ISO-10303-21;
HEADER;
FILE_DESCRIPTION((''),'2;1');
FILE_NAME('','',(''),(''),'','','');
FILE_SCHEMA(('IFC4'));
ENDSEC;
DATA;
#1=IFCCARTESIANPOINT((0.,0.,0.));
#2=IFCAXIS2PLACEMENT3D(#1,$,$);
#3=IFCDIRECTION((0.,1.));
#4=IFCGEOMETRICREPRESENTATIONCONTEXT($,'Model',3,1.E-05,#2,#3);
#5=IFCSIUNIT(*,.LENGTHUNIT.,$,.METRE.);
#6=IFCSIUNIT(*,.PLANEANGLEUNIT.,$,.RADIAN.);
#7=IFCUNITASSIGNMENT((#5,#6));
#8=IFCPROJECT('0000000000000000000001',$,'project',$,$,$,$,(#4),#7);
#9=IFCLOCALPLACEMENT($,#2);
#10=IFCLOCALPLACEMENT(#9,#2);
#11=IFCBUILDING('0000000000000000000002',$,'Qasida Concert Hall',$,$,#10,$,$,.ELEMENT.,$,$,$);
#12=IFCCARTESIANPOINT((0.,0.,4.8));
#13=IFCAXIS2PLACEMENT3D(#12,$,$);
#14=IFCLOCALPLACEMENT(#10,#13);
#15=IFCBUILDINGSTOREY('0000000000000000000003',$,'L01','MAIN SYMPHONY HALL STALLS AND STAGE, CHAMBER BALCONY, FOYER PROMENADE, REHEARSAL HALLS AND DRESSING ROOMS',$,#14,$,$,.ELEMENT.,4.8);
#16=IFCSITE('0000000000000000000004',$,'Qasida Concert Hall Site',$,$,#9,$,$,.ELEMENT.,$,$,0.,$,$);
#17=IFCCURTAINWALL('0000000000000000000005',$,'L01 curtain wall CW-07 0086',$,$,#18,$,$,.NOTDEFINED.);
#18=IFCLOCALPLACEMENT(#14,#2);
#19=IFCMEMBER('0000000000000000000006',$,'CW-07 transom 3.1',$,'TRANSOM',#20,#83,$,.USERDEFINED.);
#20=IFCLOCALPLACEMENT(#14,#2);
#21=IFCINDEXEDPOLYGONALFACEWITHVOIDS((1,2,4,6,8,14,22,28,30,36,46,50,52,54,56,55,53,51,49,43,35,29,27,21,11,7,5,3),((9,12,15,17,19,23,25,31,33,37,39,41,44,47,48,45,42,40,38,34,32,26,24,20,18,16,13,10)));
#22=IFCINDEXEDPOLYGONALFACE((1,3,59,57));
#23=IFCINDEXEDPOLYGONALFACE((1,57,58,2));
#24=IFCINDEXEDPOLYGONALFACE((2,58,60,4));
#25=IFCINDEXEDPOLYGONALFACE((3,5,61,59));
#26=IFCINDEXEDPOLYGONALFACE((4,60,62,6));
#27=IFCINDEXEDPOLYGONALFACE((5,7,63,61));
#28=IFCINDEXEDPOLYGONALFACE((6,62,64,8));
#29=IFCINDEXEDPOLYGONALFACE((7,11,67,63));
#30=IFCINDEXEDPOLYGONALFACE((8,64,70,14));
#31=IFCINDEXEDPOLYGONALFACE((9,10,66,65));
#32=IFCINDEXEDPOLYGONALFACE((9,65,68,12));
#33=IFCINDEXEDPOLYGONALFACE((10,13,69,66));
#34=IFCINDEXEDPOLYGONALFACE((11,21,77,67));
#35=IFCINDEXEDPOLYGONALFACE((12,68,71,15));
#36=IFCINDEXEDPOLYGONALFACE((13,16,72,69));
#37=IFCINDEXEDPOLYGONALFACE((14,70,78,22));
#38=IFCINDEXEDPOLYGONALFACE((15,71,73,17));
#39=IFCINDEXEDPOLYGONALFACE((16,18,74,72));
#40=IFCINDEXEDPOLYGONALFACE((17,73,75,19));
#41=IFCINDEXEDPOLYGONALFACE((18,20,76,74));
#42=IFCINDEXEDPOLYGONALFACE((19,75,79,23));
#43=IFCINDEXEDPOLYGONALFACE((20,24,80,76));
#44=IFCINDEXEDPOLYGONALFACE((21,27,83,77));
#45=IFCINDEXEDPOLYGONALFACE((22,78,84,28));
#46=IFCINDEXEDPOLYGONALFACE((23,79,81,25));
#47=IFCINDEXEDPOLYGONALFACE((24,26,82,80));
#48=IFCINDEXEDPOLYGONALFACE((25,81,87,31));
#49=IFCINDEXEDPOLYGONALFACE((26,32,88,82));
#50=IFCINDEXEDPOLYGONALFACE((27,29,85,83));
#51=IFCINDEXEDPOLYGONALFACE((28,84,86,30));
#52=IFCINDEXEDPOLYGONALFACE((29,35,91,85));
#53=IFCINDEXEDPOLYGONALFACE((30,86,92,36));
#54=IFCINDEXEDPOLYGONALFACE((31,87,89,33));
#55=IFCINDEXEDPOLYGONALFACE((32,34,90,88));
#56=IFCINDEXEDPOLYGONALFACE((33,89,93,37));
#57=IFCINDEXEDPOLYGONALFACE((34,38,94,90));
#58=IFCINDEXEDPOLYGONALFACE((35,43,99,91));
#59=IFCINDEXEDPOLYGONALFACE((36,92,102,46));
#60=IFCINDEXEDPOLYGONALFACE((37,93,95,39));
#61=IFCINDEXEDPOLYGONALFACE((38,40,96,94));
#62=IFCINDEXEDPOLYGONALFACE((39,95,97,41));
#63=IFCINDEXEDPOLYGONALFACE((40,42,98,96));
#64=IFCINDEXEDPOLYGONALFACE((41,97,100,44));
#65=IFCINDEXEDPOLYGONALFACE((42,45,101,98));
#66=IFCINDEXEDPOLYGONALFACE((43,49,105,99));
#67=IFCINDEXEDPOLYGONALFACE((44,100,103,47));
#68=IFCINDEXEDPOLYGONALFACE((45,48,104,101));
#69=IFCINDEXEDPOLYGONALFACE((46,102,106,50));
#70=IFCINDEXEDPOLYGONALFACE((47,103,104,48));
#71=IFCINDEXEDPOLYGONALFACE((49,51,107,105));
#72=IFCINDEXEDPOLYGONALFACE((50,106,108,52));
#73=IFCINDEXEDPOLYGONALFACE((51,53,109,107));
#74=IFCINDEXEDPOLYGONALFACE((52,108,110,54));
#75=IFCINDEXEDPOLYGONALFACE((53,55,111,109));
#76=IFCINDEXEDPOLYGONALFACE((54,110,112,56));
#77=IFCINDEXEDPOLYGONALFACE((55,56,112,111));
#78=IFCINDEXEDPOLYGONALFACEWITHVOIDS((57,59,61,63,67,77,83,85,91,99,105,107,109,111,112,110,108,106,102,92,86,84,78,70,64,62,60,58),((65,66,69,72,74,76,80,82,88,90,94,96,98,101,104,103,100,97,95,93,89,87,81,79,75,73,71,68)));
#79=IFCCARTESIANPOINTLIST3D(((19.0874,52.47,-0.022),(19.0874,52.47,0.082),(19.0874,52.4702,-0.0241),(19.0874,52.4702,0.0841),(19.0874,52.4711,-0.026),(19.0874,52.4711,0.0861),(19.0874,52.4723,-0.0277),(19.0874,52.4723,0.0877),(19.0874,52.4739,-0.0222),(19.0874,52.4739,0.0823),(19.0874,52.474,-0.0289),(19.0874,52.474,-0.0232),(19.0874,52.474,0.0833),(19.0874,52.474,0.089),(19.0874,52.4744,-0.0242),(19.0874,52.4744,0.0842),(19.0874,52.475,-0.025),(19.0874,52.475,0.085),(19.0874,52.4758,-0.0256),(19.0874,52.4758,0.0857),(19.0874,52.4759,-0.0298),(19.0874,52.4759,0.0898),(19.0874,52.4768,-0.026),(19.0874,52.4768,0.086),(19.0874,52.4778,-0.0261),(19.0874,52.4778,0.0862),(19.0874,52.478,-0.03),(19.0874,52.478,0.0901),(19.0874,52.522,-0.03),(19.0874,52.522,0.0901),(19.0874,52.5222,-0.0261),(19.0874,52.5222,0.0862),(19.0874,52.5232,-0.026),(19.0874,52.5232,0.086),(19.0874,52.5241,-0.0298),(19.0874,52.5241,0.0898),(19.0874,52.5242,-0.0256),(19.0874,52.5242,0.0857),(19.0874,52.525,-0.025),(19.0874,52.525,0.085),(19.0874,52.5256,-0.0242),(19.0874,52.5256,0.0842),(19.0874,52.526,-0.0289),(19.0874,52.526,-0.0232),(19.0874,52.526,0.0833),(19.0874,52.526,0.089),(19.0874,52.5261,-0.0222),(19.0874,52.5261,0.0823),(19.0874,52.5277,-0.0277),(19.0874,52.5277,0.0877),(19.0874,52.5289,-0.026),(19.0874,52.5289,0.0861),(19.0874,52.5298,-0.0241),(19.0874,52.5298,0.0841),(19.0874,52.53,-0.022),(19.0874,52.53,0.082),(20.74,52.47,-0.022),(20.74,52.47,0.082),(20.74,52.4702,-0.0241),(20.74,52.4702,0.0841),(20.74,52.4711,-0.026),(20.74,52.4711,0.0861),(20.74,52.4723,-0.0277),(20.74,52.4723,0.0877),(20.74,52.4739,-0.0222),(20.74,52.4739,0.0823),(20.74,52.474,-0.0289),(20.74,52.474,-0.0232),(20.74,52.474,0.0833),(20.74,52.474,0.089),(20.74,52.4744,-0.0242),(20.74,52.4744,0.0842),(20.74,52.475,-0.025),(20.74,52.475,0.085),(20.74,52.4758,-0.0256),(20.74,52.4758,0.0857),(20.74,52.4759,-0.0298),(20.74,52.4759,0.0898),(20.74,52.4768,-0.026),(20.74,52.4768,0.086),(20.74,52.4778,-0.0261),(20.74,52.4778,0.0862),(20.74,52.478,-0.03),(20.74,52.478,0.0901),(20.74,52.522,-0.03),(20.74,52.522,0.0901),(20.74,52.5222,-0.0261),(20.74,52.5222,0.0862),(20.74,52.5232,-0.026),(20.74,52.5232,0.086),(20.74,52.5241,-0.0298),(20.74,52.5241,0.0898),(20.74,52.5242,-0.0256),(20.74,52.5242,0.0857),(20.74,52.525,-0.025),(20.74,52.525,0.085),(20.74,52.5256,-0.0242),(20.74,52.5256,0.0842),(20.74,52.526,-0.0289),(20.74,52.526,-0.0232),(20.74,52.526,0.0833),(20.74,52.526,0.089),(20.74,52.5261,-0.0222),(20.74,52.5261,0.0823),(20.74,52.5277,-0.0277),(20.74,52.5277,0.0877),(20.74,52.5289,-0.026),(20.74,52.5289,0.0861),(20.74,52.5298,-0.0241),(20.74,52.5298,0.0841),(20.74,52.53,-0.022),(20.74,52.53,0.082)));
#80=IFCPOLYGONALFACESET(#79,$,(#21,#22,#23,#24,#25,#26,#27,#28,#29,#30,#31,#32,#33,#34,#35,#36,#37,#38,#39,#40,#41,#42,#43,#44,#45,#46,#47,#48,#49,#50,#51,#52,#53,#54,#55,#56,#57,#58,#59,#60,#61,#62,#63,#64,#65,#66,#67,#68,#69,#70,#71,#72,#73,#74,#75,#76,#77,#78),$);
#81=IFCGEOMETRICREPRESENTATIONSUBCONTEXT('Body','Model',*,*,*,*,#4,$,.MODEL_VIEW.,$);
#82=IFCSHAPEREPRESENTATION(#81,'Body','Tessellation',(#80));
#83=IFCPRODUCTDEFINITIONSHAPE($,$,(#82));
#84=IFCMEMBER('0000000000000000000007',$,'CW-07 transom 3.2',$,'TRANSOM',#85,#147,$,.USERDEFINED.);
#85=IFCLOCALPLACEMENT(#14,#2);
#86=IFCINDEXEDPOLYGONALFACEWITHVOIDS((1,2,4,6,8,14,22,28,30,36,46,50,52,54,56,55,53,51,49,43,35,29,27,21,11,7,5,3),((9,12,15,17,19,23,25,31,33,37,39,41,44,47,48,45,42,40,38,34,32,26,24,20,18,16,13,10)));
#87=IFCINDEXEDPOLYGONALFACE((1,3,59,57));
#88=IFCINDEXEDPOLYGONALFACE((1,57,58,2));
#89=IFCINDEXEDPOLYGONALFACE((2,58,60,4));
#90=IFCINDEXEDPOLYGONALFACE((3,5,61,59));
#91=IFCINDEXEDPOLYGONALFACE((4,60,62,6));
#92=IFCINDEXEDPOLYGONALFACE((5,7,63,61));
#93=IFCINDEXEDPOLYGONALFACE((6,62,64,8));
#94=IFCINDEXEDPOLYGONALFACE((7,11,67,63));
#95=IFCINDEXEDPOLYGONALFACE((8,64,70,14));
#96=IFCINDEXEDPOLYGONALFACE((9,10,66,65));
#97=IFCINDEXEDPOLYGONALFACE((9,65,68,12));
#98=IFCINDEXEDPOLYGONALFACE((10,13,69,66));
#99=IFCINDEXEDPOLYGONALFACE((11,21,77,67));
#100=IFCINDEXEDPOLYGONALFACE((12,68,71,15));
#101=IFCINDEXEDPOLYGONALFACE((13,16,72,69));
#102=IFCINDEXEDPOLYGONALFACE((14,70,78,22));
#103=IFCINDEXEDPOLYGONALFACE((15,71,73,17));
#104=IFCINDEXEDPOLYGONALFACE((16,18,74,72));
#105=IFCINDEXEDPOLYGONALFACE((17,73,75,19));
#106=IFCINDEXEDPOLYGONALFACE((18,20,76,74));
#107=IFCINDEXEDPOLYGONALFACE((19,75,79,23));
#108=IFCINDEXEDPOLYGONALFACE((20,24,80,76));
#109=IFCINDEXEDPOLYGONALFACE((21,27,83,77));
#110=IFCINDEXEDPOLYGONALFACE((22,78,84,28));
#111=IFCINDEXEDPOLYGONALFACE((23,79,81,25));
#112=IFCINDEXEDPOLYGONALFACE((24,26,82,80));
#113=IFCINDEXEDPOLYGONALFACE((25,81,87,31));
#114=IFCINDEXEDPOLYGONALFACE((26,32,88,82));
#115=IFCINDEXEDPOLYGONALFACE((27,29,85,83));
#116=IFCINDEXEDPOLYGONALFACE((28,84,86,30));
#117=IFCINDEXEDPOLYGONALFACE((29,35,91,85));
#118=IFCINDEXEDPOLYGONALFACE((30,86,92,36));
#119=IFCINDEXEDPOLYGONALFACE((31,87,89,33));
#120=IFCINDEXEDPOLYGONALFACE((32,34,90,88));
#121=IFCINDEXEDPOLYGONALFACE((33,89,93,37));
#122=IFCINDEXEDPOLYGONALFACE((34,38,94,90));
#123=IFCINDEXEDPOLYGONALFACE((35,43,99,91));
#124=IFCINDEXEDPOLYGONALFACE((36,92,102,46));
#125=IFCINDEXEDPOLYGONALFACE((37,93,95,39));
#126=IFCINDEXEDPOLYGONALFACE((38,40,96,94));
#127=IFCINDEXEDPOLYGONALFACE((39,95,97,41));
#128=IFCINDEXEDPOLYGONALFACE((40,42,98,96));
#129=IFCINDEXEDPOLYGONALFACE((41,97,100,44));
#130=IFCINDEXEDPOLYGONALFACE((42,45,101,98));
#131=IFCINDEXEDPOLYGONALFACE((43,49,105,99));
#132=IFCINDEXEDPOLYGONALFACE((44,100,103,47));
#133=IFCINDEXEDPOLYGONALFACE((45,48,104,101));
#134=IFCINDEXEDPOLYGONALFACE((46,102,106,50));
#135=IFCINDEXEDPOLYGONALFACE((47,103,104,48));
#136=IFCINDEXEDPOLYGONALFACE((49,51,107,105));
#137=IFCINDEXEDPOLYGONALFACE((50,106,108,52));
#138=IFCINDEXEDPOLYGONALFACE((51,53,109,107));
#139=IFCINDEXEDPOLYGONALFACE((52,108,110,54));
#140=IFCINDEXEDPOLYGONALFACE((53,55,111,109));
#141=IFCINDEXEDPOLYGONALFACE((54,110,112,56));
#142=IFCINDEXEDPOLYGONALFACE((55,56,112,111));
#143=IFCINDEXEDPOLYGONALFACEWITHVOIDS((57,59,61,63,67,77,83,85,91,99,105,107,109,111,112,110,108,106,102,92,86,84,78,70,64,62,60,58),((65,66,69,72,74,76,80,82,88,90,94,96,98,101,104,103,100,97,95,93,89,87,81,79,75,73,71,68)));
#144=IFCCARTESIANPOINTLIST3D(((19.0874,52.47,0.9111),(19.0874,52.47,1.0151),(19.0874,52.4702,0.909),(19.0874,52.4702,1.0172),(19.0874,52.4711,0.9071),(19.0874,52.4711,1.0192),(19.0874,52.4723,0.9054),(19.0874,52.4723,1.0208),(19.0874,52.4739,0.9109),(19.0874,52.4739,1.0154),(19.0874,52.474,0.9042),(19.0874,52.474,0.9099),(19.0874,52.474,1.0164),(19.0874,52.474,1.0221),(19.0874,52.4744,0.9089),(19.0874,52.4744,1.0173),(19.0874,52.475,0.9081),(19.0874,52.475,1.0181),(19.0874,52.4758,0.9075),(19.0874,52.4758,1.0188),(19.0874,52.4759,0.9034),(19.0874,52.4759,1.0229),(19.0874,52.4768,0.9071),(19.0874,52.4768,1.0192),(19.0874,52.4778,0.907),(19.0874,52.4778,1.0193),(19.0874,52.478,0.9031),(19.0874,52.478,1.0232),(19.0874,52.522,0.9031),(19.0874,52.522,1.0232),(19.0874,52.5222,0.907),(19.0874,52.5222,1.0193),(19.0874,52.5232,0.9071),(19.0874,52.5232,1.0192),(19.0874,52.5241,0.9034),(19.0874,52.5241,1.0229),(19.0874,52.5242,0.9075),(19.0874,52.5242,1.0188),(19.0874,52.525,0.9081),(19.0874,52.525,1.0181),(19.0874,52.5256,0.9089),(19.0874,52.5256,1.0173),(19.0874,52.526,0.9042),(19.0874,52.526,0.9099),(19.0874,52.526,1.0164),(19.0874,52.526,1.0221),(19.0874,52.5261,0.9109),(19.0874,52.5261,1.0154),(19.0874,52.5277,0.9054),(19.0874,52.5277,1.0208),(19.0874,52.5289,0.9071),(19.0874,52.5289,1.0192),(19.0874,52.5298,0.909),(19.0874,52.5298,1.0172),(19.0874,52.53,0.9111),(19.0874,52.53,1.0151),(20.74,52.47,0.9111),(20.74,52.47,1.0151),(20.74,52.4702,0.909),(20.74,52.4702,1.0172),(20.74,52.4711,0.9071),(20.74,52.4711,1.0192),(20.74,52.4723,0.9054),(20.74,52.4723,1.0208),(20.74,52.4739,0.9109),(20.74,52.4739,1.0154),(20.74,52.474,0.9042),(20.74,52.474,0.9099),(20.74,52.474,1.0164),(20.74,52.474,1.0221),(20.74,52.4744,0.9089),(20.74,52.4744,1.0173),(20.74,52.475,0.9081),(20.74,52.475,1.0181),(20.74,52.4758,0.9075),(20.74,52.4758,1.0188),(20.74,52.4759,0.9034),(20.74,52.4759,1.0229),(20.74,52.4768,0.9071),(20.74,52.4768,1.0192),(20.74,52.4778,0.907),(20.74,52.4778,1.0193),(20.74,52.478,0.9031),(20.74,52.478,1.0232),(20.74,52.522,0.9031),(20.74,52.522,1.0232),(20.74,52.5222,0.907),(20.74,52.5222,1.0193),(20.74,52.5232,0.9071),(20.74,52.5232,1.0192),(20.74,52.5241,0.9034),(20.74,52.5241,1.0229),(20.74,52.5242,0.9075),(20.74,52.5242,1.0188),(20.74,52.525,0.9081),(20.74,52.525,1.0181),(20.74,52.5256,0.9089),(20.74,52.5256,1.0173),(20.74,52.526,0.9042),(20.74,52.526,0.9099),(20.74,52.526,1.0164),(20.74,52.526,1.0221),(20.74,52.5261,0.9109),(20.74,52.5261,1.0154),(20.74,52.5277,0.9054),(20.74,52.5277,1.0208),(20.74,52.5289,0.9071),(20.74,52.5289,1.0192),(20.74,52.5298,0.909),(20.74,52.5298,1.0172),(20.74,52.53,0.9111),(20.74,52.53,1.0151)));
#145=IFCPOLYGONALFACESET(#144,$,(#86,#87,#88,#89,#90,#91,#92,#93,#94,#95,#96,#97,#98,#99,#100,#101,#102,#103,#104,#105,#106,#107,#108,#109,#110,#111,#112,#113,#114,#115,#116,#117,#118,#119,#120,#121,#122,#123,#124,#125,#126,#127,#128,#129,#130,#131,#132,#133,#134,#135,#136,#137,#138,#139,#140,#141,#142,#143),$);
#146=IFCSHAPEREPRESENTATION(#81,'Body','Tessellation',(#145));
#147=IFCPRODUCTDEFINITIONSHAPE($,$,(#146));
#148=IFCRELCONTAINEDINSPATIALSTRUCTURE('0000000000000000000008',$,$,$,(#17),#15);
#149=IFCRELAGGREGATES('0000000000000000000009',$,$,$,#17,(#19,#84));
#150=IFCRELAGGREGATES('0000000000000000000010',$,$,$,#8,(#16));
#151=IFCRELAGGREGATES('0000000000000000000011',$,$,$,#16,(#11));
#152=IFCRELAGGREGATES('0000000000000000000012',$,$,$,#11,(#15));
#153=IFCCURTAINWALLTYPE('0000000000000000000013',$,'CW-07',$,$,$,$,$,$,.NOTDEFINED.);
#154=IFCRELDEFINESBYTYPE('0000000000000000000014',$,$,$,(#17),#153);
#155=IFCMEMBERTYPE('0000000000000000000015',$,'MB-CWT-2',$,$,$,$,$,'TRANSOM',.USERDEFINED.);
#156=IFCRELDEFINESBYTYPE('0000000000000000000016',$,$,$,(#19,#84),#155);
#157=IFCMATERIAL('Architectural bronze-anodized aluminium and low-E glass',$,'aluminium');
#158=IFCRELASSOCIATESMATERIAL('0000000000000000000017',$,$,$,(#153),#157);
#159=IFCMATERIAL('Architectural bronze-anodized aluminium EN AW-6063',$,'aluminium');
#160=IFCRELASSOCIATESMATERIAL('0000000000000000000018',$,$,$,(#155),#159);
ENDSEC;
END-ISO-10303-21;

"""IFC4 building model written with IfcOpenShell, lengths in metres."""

from ifc_helpers import new_model, si_unit, direction, frame, origin, origin_2d, place, context, subcontext, project, spatial, hollow_rectangle, extrude, material, material_profile, profile_set, type_object, element, aggregate, save


model = new_model("IFC4")

# Units and contexts
model_context = context("Model", 3, precision=1e-05, world=origin(), true_north=direction((0.0, 1.0)))
body_context = subcontext(model_context, "Body", "Model", "MODEL_VIEW")
ifc_project = project(units=[si_unit("LENGTHUNIT", "METRE"), si_unit("PLANEANGLEUNIT", "RADIAN")], contexts=[model_context])

# Site, building, storey
site_placement = place(None, origin())
site = spatial("IfcSite", under=ifc_project, at=site_placement, Name="Qasida Concert Hall Site", CompositionType="ELEMENT", RefElevation=0.0)
building_placement = place(site_placement, origin())
building = spatial("IfcBuilding", under=site, at=building_placement, Name="Qasida Concert Hall", CompositionType="ELEMENT")
storey_placement = place(building_placement, frame((0.0, 0.0, 4.8)))
storey = spatial("IfcBuildingStorey", under=building, at=storey_placement, Name="L01", Description="MAIN SYMPHONY HALL STALLS AND STAGE, CHAMBER BALCONY, FOYER PROMENADE, REHEARSAL HALLS AND DRESSING ROOMS", CompositionType="ELEMENT", Elevation=4.8)

# Curtain wall
ifc_material_1 = material(Name="Architectural bronze-anodized aluminium and low-E glass", Category="aluminium")
curtain_wall_type = type_object("IfcCurtainWallType", Name="CW-07", PredefinedType="NOTDEFINED", material=ifc_material_1)
curtain_wall_1_placement = place(storey_placement, origin())
curtain_wall_1 = element("IfcCurtainWall", 1, at=curtain_wall_1_placement, inside=storey, type_object=curtain_wall_type, Name="L01 curtain wall CW-07 0086", PredefinedType="NOTDEFINED")
ifc_material_2 = material(Name="Architectural bronze-anodized aluminium EN AW-6063", Category="aluminium")

# Members
ifc_material_profile_1 = material_profile(ifc_material_2, hollow_rectangle(XDim=0.0601, YDim=0.1201, WallThickness=0.0039, InnerFilletRadius=0.0039, OuterFilletRadius=0.0081, at=origin_2d()), Name="CWT 120x60x4")
ifc_profile_set_1 = profile_set([ifc_material_profile_1], Name="Architectural bronze-anodized aluminium EN AW-6063")
member_type_1 = type_object("IfcMemberType", Name="MB-CWT-2", ElementType="TRANSOM", PredefinedType="USERDEFINED", material=ifc_profile_set_1)
member_1_placement = place(storey_placement, frame((19.0874, 52.5, 0.03), z_axis=(1.0, 0.0, 0.0), x_axis=(0.0, 1.0, 0.0)))
member_1 = element("IfcMember", 2, at=member_1_placement, type_object=member_type_1, Name="CW-07 transom 3.1", ObjectType="TRANSOM", PredefinedType="USERDEFINED", context=body_context, shape_type="SweptSolid", body=[
    extrude(hollow_rectangle(XDim=0.0601, YDim=0.1201, WallThickness=0.0039, InnerFilletRadius=0.0039, OuterFilletRadius=0.0081, at=origin_2d()), origin(), (0.0, 0.0, 1.0), 1.6526),
])
member_2_placement = place(storey_placement, frame((19.0874, 52.5, 0.9631), z_axis=(1.0, 0.0, 0.0), x_axis=(0.0, 1.0, 0.0)))
member_2 = element("IfcMember", 3, at=member_2_placement, type_object=member_type_1, Name="CW-07 transom 3.2", ObjectType="TRANSOM", PredefinedType="USERDEFINED", context=body_context, shape_type="SweptSolid", body=[
    extrude(hollow_rectangle(XDim=0.0601, YDim=0.1201, WallThickness=0.0039, InnerFilletRadius=0.0039, OuterFilletRadius=0.0081, at=origin_2d()), origin(), (0.0, 0.0, 1.0), 1.6526),
])

aggregate(curtain_wall_1, [member_1, member_2])

save(model, "model.ifc")
